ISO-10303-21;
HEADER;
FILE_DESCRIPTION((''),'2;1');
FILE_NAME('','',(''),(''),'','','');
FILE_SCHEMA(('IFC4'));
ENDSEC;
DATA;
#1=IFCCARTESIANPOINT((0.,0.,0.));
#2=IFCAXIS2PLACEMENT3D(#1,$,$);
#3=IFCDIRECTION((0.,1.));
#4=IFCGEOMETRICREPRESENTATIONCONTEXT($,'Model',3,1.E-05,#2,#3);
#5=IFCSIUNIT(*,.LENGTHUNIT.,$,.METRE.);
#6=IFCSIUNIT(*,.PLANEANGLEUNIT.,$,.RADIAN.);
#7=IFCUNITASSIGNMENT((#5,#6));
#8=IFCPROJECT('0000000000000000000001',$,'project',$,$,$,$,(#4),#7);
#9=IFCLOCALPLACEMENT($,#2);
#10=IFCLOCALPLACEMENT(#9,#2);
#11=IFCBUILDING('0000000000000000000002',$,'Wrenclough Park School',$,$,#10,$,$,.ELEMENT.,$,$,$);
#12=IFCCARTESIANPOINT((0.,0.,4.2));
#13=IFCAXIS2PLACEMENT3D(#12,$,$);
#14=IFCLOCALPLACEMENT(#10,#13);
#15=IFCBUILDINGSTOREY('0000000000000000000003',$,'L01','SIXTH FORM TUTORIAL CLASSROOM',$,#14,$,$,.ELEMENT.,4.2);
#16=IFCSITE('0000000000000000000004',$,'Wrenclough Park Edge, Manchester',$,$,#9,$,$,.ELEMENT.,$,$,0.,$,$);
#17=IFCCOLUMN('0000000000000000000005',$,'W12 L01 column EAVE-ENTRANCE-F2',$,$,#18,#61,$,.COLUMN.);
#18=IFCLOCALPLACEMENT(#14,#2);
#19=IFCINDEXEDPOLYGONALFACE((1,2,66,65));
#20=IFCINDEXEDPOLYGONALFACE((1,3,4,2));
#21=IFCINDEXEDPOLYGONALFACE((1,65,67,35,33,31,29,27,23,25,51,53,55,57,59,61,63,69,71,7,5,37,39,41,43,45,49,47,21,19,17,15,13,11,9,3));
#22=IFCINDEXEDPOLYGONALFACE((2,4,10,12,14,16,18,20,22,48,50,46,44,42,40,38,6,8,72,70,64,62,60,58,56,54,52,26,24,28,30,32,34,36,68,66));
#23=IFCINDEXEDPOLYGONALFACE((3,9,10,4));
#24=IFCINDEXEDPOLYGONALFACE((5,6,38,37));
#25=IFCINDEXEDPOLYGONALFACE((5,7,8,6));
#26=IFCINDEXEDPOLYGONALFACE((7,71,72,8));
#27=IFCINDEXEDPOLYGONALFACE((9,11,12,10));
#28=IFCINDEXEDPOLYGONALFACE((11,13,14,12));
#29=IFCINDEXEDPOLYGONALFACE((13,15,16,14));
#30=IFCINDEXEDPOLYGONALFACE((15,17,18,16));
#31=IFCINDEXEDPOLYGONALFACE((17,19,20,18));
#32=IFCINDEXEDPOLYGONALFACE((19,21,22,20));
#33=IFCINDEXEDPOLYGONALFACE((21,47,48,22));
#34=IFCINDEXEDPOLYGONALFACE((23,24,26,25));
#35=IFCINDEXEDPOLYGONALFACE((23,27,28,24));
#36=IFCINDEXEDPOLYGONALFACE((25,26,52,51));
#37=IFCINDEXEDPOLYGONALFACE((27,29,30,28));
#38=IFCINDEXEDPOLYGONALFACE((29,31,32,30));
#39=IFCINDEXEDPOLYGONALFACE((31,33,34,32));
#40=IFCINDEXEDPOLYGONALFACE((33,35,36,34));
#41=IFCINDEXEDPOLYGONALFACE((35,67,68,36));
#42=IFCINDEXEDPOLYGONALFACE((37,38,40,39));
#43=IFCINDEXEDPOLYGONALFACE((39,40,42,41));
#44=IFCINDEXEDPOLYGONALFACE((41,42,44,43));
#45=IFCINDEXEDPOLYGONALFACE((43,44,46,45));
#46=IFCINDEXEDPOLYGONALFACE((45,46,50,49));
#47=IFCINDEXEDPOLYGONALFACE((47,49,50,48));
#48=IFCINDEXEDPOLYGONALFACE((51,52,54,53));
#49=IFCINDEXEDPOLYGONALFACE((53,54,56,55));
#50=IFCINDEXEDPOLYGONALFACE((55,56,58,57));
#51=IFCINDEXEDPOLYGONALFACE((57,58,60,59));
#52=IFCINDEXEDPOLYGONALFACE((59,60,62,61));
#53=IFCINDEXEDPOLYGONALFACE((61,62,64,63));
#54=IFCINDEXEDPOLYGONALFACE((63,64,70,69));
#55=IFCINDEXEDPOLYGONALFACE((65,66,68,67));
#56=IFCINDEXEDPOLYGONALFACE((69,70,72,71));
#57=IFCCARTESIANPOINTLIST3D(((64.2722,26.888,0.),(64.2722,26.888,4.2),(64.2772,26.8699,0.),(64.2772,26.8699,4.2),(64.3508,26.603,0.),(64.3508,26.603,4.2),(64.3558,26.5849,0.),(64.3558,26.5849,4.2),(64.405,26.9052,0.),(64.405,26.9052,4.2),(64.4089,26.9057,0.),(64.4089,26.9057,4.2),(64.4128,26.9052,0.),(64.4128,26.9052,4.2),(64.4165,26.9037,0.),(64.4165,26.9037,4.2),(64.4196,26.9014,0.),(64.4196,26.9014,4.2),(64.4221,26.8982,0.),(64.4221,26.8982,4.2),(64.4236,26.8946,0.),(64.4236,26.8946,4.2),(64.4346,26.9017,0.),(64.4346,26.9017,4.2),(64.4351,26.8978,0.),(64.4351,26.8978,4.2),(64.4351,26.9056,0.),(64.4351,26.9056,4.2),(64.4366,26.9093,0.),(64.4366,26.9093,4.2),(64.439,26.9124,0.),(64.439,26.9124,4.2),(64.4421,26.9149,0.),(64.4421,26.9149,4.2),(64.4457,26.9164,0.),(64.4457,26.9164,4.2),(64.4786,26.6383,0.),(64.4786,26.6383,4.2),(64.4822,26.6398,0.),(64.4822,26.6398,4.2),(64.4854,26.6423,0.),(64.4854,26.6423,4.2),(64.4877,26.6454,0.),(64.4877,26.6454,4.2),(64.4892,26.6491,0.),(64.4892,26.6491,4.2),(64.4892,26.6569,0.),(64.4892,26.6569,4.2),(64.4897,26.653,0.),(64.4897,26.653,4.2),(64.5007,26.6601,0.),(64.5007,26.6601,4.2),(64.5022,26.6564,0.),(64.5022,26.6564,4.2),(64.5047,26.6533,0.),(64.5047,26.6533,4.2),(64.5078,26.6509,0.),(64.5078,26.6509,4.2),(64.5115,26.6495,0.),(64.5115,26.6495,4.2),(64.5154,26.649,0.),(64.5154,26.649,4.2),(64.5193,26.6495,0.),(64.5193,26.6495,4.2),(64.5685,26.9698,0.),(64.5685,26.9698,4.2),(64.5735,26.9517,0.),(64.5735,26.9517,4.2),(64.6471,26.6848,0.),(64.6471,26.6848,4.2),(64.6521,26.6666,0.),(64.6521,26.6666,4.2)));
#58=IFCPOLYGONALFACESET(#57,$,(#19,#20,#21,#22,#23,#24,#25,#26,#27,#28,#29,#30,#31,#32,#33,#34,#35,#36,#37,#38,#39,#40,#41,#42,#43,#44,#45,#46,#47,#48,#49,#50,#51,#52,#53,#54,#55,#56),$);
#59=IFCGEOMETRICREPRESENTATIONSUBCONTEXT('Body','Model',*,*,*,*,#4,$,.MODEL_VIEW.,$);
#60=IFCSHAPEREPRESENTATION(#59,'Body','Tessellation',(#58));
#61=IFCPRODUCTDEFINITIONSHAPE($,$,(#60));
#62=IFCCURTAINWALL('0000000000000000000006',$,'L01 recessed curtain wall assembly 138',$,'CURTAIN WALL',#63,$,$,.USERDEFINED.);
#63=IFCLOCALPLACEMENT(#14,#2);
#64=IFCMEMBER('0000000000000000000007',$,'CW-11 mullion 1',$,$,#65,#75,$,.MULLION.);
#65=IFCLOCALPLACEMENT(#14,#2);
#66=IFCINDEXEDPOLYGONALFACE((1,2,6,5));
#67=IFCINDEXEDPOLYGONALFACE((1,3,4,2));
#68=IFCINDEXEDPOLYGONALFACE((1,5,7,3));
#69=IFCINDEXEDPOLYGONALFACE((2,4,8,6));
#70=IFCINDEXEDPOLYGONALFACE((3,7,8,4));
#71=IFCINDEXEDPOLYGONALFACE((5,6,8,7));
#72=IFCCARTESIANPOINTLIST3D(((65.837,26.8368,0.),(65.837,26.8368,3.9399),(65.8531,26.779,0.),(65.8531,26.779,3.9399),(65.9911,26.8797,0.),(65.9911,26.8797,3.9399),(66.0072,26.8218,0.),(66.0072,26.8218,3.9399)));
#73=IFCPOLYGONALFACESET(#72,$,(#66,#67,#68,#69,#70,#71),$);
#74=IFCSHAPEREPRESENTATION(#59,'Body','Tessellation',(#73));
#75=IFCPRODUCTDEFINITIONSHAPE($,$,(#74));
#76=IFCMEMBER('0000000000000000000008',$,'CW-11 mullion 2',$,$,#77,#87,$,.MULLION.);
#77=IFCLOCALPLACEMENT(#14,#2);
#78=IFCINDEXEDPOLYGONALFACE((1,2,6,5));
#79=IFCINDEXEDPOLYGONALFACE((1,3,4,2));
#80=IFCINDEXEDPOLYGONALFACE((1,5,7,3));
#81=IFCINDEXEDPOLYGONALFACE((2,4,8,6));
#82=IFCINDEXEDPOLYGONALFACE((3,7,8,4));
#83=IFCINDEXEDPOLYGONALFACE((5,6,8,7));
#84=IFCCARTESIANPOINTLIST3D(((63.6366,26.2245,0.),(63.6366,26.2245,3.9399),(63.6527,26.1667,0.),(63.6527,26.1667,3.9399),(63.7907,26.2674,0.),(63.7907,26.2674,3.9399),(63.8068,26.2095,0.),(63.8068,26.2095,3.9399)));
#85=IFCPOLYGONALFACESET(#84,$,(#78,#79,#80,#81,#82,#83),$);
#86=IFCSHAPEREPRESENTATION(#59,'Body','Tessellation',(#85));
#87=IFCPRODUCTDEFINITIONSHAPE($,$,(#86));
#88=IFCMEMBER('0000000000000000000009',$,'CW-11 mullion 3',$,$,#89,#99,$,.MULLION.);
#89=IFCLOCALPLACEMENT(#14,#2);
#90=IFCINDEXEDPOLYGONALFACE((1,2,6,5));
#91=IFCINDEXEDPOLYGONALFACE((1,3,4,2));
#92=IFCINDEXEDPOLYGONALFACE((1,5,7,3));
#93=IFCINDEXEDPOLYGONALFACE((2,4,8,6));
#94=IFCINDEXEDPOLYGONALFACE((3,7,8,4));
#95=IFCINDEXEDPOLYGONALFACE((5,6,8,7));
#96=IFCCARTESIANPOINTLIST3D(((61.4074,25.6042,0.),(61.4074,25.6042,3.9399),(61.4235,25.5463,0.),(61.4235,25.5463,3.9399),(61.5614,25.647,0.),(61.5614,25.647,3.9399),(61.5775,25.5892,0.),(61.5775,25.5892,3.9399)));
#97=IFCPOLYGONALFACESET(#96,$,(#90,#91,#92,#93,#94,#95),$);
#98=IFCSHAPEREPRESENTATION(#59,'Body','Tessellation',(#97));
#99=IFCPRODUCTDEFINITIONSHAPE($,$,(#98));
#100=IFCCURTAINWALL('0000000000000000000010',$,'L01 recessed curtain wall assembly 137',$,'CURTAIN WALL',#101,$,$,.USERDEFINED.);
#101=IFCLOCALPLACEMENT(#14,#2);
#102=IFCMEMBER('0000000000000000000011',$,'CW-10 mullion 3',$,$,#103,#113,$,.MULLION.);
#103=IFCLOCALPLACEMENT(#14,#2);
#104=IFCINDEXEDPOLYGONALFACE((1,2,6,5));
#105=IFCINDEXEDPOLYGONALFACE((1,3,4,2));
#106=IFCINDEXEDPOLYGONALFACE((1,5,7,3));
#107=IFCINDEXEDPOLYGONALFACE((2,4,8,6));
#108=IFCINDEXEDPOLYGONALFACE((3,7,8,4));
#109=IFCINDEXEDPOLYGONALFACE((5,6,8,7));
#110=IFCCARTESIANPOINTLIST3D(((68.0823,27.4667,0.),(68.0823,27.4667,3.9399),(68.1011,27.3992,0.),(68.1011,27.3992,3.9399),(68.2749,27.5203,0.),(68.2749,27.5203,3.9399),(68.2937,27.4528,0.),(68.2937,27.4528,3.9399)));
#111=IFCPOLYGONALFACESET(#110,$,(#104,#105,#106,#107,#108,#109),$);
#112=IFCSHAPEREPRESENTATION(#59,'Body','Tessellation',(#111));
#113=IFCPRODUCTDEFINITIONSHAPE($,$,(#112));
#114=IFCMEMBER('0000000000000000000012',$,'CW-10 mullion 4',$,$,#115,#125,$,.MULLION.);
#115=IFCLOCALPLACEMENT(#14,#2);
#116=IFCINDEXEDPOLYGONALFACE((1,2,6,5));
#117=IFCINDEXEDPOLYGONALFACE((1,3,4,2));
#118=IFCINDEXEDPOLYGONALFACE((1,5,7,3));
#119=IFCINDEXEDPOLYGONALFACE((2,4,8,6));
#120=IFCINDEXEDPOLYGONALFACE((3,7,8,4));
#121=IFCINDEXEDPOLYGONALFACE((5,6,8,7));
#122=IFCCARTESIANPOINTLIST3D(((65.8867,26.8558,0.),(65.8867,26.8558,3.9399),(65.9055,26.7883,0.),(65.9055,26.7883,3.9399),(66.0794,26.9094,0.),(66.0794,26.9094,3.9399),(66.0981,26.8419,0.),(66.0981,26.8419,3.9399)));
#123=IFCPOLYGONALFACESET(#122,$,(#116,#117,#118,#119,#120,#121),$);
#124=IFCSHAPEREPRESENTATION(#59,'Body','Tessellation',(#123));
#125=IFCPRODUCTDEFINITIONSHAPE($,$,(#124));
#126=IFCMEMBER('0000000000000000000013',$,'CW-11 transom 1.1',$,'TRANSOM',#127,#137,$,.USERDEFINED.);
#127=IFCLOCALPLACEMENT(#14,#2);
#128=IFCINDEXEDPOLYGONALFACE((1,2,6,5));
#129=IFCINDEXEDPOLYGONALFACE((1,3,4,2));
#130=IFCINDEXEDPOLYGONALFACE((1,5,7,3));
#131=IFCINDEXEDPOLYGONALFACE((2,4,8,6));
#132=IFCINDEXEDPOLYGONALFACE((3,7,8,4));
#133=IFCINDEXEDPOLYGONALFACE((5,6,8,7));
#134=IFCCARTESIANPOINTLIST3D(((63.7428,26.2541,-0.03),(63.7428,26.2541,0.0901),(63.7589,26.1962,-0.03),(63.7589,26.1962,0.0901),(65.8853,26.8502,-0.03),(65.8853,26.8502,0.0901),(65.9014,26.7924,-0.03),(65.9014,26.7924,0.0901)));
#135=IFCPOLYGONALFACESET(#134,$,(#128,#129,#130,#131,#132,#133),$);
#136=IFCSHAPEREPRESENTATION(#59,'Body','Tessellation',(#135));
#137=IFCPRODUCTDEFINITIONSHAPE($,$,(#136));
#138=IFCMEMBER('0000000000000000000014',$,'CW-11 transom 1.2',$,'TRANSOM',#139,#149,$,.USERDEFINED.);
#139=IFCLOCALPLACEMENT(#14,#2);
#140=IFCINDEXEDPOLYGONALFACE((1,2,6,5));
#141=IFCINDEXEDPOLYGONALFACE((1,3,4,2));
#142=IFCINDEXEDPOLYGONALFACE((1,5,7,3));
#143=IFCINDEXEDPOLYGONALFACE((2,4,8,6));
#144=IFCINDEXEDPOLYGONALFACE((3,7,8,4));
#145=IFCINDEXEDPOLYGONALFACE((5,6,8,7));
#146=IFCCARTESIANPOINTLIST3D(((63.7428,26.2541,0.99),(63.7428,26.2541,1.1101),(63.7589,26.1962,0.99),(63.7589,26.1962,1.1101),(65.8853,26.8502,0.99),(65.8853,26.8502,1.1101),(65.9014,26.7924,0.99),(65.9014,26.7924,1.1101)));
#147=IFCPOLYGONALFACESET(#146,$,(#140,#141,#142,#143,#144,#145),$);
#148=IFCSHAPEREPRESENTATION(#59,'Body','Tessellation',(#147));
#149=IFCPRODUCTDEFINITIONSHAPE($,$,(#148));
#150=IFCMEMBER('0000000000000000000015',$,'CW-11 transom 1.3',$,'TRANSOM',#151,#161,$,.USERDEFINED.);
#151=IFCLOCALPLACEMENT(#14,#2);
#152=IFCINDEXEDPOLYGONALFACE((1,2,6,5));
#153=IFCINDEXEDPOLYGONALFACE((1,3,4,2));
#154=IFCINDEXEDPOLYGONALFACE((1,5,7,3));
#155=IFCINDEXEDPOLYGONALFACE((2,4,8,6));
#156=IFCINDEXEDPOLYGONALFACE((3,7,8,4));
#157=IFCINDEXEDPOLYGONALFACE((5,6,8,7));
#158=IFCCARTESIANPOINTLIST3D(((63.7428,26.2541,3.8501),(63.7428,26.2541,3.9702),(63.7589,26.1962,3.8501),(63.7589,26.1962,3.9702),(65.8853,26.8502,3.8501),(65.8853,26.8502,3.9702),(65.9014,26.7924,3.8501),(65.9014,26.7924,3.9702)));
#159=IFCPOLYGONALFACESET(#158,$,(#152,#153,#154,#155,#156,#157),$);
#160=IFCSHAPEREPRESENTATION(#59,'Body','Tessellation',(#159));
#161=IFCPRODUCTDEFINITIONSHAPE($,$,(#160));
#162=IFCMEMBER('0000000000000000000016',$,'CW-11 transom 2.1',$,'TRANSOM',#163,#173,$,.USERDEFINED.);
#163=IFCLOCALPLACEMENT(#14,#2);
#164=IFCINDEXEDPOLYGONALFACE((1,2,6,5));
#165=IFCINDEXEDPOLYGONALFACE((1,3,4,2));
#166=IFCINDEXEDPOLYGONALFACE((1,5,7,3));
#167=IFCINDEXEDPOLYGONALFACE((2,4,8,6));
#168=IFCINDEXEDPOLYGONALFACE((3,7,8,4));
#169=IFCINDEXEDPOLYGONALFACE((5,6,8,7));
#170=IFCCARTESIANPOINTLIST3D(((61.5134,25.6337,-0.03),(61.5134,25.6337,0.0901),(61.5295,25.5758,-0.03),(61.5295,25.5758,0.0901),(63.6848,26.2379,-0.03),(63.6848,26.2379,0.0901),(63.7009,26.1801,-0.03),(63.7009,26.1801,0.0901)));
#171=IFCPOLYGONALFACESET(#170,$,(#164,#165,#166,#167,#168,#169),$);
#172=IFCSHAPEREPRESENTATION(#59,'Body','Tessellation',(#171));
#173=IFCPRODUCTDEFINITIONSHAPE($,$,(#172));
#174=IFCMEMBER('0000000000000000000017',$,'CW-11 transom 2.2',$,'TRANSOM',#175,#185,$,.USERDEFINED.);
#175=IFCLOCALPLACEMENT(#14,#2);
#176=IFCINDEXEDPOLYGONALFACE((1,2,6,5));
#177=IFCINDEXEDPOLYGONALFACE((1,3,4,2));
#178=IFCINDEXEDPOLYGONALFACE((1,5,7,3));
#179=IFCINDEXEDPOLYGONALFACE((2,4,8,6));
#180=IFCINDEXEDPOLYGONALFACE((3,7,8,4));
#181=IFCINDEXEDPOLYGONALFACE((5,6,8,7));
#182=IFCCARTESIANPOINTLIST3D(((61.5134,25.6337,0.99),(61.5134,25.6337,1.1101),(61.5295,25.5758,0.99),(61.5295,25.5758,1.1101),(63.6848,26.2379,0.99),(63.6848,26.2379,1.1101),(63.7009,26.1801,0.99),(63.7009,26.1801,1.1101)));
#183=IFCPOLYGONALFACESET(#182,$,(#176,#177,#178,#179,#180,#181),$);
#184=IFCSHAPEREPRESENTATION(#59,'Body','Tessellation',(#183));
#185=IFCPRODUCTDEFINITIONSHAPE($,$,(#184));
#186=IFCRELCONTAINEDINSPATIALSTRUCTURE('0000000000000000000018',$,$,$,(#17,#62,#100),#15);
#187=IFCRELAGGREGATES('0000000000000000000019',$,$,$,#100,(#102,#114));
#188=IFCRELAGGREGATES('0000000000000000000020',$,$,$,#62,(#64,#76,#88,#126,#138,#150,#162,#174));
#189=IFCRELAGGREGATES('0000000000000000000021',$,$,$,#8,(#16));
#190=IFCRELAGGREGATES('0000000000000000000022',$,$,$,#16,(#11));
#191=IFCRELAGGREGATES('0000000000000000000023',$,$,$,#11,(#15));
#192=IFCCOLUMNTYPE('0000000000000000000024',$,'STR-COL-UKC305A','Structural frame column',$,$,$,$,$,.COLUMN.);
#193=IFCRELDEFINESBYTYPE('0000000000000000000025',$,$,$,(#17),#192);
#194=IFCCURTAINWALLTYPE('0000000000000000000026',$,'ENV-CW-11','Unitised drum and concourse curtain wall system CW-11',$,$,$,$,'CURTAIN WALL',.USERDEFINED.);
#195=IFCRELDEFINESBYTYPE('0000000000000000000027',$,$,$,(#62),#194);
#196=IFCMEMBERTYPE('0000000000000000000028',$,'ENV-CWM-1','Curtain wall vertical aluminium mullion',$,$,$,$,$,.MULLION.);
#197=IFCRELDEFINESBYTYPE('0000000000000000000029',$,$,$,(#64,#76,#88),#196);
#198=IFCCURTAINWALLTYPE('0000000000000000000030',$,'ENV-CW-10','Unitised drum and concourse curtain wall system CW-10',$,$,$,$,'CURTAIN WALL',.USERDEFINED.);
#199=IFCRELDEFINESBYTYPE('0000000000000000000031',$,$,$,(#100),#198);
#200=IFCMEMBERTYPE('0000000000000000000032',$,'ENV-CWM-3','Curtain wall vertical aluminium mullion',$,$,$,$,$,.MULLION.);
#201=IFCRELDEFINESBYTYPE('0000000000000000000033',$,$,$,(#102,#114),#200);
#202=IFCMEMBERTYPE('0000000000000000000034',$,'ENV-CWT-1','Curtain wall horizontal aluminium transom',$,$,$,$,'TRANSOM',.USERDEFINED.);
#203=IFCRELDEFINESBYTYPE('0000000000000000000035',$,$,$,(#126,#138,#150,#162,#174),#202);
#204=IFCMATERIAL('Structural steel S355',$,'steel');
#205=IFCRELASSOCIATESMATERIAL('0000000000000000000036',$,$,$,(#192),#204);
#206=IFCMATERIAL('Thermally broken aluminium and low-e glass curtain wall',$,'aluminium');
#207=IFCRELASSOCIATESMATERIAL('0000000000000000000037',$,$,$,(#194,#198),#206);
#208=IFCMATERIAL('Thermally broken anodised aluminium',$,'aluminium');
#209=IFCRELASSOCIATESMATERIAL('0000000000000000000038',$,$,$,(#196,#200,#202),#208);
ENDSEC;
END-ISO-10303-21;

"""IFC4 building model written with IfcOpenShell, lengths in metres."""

from ifc_helpers import new_model, si_unit, direction, frame, origin, origin_2d, place, context, subcontext, project, spatial, rectangle, i_section, extrude, material, material_profile, profile_set, type_object, element, aggregate, save


model = new_model("IFC4")

# Units and contexts
model_context = context("Model", 3, precision=1e-05, world=origin(), true_north=direction((0.0, 1.0)))
body_context = subcontext(model_context, "Body", "Model", "MODEL_VIEW")
ifc_project = project(units=[si_unit("LENGTHUNIT", "METRE"), si_unit("PLANEANGLEUNIT", "RADIAN")], contexts=[model_context])

# Site, building, storey
site_placement = place(None, origin())
site = spatial("IfcSite", under=ifc_project, at=site_placement, Name="Wrenclough Park Edge, Manchester", CompositionType="ELEMENT", RefElevation=0.0)
building_placement = place(site_placement, origin())
building = spatial("IfcBuilding", under=site, at=building_placement, Name="Wrenclough Park School", CompositionType="ELEMENT")
storey_placement = place(building_placement, frame((0.0, 0.0, 4.2)))
storey = spatial("IfcBuildingStorey", under=building, at=storey_placement, Name="L01", Description="SIXTH FORM TUTORIAL CLASSROOM", CompositionType="ELEMENT", Elevation=4.2)

# Column
ifc_material_1 = material(Name="Structural steel S355", Category="steel")
ifc_material_profile_1 = material_profile(ifc_material_1, i_section(OverallWidth=0.3074, OverallDepth=0.3145, WebThickness=0.012, FlangeThickness=0.0188, FilletRadius=0.0151, at=origin_2d()), Name="UKC 305x305x118")
ifc_profile_set_1 = profile_set([ifc_material_profile_1], Name="Structural steel S355")
column_type = type_object("IfcColumnType", Name="STR-COL-UKC305A", Description="Structural frame column", PredefinedType="COLUMN", material=ifc_profile_set_1)
column_placement = place(storey_placement, frame((64.4622, 26.7773, 0.0), z_axis=(0.0, 0.0, 1.0), x_axis=(0.964003, 0.265893, 0.0)))
element("IfcColumn", 1, at=column_placement, inside=storey, type_object=column_type, Name="W12 L01 column EAVE-ENTRANCE-F2", PredefinedType="COLUMN", context=body_context, shape_type="SweptSolid", body=[
    extrude(i_section(OverallWidth=0.3074, OverallDepth=0.3145, WebThickness=0.012, FlangeThickness=0.0188, FilletRadius=0.0151, at=origin_2d()), origin(), (0.0, 0.0, 1.0), 4.2),
])

# Curtain walls, members
ifc_material_2 = material(Name="Thermally broken aluminium and low-e glass curtain wall", Category="aluminium")
curtain_wall_type_1 = type_object("IfcCurtainWallType", Name="ENV-CW-11", Description="Unitised drum and concourse curtain wall system CW-11", ElementType="CURTAIN WALL", PredefinedType="USERDEFINED", material=ifc_material_2)
curtain_wall_1_placement = place(storey_placement, origin())
curtain_wall_1 = element("IfcCurtainWall", 2, at=curtain_wall_1_placement, inside=storey, type_object=curtain_wall_type_1, Name="L01 recessed curtain wall assembly 138", ObjectType="CURTAIN WALL", PredefinedType="USERDEFINED")
ifc_material_3 = material(Name="Thermally broken anodised aluminium", Category="aluminium")
ifc_material_profile_2 = material_profile(ifc_material_3, rectangle(XDim=0.0601, YDim=0.1599, at=origin_2d()), Name="AL MULLION 60x160")
ifc_profile_set_2 = profile_set([ifc_material_profile_2], Name="Thermally broken anodised aluminium")
member_type_1 = type_object("IfcMemberType", Name="ENV-CWM-1", Description="Curtain wall vertical aluminium mullion", PredefinedType="MULLION", material=ifc_profile_set_2)
member_1_placement = place(storey_placement, frame((65.9221, 26.8293, 0.0), z_axis=(0.0, 0.0, 1.0), x_axis=(0.268069, -0.9634, 0.0)))
member_1 = element("IfcMember", 3, at=member_1_placement, type_object=member_type_1, Name="CW-11 mullion 1", PredefinedType="MULLION", context=body_context, shape_type="SweptSolid", body=[
    extrude(rectangle(XDim=0.0601, YDim=0.1599, at=origin_2d()), origin(), (0.0, 0.0, 1.0), 3.9399),
])
member_2_placement = place(storey_placement, frame((63.7217, 26.217, 0.0), z_axis=(0.0, 0.0, 1.0), x_axis=(0.268069, -0.9634, 0.0)))
member_2 = element("IfcMember", 4, at=member_2_placement, type_object=member_type_1, Name="CW-11 mullion 2", PredefinedType="MULLION", context=body_context, shape_type="SweptSolid", body=[
    extrude(rectangle(XDim=0.0601, YDim=0.1599, at=origin_2d()), origin(), (0.0, 0.0, 1.0), 3.9399),
])
member_3_placement = place(storey_placement, frame((61.4924, 25.5967, 0.0), z_axis=(0.0, 0.0, 1.0), x_axis=(0.268069, -0.9634, 0.0)))
member_3 = element("IfcMember", 5, at=member_3_placement, type_object=member_type_1, Name="CW-11 mullion 3", PredefinedType="MULLION", context=body_context, shape_type="SweptSolid", body=[
    extrude(rectangle(XDim=0.0601, YDim=0.1599, at=origin_2d()), origin(), (0.0, 0.0, 1.0), 3.9399),
])
curtain_wall_type_2 = type_object("IfcCurtainWallType", Name="ENV-CW-10", Description="Unitised drum and concourse curtain wall system CW-10", ElementType="CURTAIN WALL", PredefinedType="USERDEFINED", material=ifc_material_2)
curtain_wall_2_placement = place(storey_placement, origin())
curtain_wall_2 = element("IfcCurtainWall", 6, at=curtain_wall_2_placement, inside=storey, type_object=curtain_wall_type_2, Name="L01 recessed curtain wall assembly 137", ObjectType="CURTAIN WALL", PredefinedType="USERDEFINED")
ifc_material_profile_3 = material_profile(ifc_material_3, rectangle(XDim=0.0701, YDim=0.2, at=origin_2d()), Name="AL MULLION 70x200")
ifc_profile_set_3 = profile_set([ifc_material_profile_3], Name="Thermally broken anodised aluminium")
member_type_2 = type_object("IfcMemberType", Name="ENV-CWM-3", Description="Curtain wall vertical aluminium mullion", PredefinedType="MULLION", material=ifc_profile_set_3)
member_4_placement = place(storey_placement, frame((68.188, 27.4597, 0.0), z_axis=(0.0, 0.0, 1.0), x_axis=(0.268059, -0.963402, 0.0)))
member_4 = element("IfcMember", 7, at=member_4_placement, type_object=member_type_2, Name="CW-10 mullion 3", PredefinedType="MULLION", context=body_context, shape_type="SweptSolid", body=[
    extrude(rectangle(XDim=0.0701, YDim=0.2, at=origin_2d()), origin(), (0.0, 0.0, 1.0), 3.9399),
])
member_5_placement = place(storey_placement, frame((65.9924, 26.8489, 0.0), z_axis=(0.0, 0.0, 1.0), x_axis=(0.268059, -0.963402, 0.0)))
member_5 = element("IfcMember", 8, at=member_5_placement, type_object=member_type_2, Name="CW-10 mullion 4", PredefinedType="MULLION", context=body_context, shape_type="SweptSolid", body=[
    extrude(rectangle(XDim=0.0701, YDim=0.2, at=origin_2d()), origin(), (0.0, 0.0, 1.0), 3.9399),
])

# Members
ifc_material_profile_4 = material_profile(ifc_material_3, rectangle(XDim=0.0601, YDim=0.1201, at=origin_2d()), Name="AL TRANSOM 60x120")
ifc_profile_set_4 = profile_set([ifc_material_profile_4], Name="Thermally broken anodised aluminium")
member_type_3 = type_object("IfcMemberType", Name="ENV-CWT-1", Description="Curtain wall horizontal aluminium transom", ElementType="TRANSOM", PredefinedType="USERDEFINED", material=ifc_profile_set_4)
member_6_placement = place(storey_placement, frame((65.8933, 26.8213, 0.03), z_axis=(-0.963398, -0.268074, 0.0), x_axis=(0.268074, -0.963398, 0.0)))
member_6 = element("IfcMember", 9, at=member_6_placement, type_object=member_type_3, Name="CW-11 transom 1.1", ObjectType="TRANSOM", PredefinedType="USERDEFINED", context=body_context, shape_type="SweptSolid", body=[
    extrude(rectangle(XDim=0.0601, YDim=0.1201, at=origin_2d()), origin(), (0.0, 0.0, 1.0), 2.2239),
])
member_7_placement = place(storey_placement, frame((65.8933, 26.8213, 1.05), z_axis=(-0.963398, -0.268074, 0.0), x_axis=(0.268074, -0.963398, 0.0)))
member_7 = element("IfcMember", 10, at=member_7_placement, type_object=member_type_3, Name="CW-11 transom 1.2", ObjectType="TRANSOM", PredefinedType="USERDEFINED", context=body_context, shape_type="SweptSolid", body=[
    extrude(rectangle(XDim=0.0601, YDim=0.1201, at=origin_2d()), origin(), (0.0, 0.0, 1.0), 2.2239),
])
member_8_placement = place(storey_placement, frame((65.8933, 26.8213, 3.9102), z_axis=(-0.963398, -0.268074, 0.0), x_axis=(0.268074, -0.963398, 0.0)))
member_8 = element("IfcMember", 11, at=member_8_placement, type_object=member_type_3, Name="CW-11 transom 1.3", ObjectType="TRANSOM", PredefinedType="USERDEFINED", context=body_context, shape_type="SweptSolid", body=[
    extrude(rectangle(XDim=0.0601, YDim=0.1201, at=origin_2d()), origin(), (0.0, 0.0, 1.0), 2.2239),
])
member_9_placement = place(storey_placement, frame((63.6929, 26.209, 0.03), z_axis=(-0.963394, -0.268091, 0.0), x_axis=(0.268091, -0.963394, 0.0)))
member_9 = element("IfcMember", 12, at=member_9_placement, type_object=member_type_3, Name="CW-11 transom 2.1", ObjectType="TRANSOM", PredefinedType="USERDEFINED", context=body_context, shape_type="SweptSolid", body=[
    extrude(rectangle(XDim=0.0601, YDim=0.1201, at=origin_2d()), origin(), (0.0, 0.0, 1.0), 2.2539),
])
member_10_placement = place(storey_placement, frame((63.6929, 26.209, 1.05), z_axis=(-0.963394, -0.268091, 0.0), x_axis=(0.268091, -0.963394, 0.0)))
member_10 = element("IfcMember", 13, at=member_10_placement, type_object=member_type_3, Name="CW-11 transom 2.2", ObjectType="TRANSOM", PredefinedType="USERDEFINED", context=body_context, shape_type="SweptSolid", body=[
    extrude(rectangle(XDim=0.0601, YDim=0.1201, at=origin_2d()), origin(), (0.0, 0.0, 1.0), 2.2539),
])

aggregate(curtain_wall_2, [member_4, member_5])
aggregate(curtain_wall_1, [member_1, member_2, member_3, member_6, member_7, member_8, member_9, member_10])

save(model, "model.ifc")
